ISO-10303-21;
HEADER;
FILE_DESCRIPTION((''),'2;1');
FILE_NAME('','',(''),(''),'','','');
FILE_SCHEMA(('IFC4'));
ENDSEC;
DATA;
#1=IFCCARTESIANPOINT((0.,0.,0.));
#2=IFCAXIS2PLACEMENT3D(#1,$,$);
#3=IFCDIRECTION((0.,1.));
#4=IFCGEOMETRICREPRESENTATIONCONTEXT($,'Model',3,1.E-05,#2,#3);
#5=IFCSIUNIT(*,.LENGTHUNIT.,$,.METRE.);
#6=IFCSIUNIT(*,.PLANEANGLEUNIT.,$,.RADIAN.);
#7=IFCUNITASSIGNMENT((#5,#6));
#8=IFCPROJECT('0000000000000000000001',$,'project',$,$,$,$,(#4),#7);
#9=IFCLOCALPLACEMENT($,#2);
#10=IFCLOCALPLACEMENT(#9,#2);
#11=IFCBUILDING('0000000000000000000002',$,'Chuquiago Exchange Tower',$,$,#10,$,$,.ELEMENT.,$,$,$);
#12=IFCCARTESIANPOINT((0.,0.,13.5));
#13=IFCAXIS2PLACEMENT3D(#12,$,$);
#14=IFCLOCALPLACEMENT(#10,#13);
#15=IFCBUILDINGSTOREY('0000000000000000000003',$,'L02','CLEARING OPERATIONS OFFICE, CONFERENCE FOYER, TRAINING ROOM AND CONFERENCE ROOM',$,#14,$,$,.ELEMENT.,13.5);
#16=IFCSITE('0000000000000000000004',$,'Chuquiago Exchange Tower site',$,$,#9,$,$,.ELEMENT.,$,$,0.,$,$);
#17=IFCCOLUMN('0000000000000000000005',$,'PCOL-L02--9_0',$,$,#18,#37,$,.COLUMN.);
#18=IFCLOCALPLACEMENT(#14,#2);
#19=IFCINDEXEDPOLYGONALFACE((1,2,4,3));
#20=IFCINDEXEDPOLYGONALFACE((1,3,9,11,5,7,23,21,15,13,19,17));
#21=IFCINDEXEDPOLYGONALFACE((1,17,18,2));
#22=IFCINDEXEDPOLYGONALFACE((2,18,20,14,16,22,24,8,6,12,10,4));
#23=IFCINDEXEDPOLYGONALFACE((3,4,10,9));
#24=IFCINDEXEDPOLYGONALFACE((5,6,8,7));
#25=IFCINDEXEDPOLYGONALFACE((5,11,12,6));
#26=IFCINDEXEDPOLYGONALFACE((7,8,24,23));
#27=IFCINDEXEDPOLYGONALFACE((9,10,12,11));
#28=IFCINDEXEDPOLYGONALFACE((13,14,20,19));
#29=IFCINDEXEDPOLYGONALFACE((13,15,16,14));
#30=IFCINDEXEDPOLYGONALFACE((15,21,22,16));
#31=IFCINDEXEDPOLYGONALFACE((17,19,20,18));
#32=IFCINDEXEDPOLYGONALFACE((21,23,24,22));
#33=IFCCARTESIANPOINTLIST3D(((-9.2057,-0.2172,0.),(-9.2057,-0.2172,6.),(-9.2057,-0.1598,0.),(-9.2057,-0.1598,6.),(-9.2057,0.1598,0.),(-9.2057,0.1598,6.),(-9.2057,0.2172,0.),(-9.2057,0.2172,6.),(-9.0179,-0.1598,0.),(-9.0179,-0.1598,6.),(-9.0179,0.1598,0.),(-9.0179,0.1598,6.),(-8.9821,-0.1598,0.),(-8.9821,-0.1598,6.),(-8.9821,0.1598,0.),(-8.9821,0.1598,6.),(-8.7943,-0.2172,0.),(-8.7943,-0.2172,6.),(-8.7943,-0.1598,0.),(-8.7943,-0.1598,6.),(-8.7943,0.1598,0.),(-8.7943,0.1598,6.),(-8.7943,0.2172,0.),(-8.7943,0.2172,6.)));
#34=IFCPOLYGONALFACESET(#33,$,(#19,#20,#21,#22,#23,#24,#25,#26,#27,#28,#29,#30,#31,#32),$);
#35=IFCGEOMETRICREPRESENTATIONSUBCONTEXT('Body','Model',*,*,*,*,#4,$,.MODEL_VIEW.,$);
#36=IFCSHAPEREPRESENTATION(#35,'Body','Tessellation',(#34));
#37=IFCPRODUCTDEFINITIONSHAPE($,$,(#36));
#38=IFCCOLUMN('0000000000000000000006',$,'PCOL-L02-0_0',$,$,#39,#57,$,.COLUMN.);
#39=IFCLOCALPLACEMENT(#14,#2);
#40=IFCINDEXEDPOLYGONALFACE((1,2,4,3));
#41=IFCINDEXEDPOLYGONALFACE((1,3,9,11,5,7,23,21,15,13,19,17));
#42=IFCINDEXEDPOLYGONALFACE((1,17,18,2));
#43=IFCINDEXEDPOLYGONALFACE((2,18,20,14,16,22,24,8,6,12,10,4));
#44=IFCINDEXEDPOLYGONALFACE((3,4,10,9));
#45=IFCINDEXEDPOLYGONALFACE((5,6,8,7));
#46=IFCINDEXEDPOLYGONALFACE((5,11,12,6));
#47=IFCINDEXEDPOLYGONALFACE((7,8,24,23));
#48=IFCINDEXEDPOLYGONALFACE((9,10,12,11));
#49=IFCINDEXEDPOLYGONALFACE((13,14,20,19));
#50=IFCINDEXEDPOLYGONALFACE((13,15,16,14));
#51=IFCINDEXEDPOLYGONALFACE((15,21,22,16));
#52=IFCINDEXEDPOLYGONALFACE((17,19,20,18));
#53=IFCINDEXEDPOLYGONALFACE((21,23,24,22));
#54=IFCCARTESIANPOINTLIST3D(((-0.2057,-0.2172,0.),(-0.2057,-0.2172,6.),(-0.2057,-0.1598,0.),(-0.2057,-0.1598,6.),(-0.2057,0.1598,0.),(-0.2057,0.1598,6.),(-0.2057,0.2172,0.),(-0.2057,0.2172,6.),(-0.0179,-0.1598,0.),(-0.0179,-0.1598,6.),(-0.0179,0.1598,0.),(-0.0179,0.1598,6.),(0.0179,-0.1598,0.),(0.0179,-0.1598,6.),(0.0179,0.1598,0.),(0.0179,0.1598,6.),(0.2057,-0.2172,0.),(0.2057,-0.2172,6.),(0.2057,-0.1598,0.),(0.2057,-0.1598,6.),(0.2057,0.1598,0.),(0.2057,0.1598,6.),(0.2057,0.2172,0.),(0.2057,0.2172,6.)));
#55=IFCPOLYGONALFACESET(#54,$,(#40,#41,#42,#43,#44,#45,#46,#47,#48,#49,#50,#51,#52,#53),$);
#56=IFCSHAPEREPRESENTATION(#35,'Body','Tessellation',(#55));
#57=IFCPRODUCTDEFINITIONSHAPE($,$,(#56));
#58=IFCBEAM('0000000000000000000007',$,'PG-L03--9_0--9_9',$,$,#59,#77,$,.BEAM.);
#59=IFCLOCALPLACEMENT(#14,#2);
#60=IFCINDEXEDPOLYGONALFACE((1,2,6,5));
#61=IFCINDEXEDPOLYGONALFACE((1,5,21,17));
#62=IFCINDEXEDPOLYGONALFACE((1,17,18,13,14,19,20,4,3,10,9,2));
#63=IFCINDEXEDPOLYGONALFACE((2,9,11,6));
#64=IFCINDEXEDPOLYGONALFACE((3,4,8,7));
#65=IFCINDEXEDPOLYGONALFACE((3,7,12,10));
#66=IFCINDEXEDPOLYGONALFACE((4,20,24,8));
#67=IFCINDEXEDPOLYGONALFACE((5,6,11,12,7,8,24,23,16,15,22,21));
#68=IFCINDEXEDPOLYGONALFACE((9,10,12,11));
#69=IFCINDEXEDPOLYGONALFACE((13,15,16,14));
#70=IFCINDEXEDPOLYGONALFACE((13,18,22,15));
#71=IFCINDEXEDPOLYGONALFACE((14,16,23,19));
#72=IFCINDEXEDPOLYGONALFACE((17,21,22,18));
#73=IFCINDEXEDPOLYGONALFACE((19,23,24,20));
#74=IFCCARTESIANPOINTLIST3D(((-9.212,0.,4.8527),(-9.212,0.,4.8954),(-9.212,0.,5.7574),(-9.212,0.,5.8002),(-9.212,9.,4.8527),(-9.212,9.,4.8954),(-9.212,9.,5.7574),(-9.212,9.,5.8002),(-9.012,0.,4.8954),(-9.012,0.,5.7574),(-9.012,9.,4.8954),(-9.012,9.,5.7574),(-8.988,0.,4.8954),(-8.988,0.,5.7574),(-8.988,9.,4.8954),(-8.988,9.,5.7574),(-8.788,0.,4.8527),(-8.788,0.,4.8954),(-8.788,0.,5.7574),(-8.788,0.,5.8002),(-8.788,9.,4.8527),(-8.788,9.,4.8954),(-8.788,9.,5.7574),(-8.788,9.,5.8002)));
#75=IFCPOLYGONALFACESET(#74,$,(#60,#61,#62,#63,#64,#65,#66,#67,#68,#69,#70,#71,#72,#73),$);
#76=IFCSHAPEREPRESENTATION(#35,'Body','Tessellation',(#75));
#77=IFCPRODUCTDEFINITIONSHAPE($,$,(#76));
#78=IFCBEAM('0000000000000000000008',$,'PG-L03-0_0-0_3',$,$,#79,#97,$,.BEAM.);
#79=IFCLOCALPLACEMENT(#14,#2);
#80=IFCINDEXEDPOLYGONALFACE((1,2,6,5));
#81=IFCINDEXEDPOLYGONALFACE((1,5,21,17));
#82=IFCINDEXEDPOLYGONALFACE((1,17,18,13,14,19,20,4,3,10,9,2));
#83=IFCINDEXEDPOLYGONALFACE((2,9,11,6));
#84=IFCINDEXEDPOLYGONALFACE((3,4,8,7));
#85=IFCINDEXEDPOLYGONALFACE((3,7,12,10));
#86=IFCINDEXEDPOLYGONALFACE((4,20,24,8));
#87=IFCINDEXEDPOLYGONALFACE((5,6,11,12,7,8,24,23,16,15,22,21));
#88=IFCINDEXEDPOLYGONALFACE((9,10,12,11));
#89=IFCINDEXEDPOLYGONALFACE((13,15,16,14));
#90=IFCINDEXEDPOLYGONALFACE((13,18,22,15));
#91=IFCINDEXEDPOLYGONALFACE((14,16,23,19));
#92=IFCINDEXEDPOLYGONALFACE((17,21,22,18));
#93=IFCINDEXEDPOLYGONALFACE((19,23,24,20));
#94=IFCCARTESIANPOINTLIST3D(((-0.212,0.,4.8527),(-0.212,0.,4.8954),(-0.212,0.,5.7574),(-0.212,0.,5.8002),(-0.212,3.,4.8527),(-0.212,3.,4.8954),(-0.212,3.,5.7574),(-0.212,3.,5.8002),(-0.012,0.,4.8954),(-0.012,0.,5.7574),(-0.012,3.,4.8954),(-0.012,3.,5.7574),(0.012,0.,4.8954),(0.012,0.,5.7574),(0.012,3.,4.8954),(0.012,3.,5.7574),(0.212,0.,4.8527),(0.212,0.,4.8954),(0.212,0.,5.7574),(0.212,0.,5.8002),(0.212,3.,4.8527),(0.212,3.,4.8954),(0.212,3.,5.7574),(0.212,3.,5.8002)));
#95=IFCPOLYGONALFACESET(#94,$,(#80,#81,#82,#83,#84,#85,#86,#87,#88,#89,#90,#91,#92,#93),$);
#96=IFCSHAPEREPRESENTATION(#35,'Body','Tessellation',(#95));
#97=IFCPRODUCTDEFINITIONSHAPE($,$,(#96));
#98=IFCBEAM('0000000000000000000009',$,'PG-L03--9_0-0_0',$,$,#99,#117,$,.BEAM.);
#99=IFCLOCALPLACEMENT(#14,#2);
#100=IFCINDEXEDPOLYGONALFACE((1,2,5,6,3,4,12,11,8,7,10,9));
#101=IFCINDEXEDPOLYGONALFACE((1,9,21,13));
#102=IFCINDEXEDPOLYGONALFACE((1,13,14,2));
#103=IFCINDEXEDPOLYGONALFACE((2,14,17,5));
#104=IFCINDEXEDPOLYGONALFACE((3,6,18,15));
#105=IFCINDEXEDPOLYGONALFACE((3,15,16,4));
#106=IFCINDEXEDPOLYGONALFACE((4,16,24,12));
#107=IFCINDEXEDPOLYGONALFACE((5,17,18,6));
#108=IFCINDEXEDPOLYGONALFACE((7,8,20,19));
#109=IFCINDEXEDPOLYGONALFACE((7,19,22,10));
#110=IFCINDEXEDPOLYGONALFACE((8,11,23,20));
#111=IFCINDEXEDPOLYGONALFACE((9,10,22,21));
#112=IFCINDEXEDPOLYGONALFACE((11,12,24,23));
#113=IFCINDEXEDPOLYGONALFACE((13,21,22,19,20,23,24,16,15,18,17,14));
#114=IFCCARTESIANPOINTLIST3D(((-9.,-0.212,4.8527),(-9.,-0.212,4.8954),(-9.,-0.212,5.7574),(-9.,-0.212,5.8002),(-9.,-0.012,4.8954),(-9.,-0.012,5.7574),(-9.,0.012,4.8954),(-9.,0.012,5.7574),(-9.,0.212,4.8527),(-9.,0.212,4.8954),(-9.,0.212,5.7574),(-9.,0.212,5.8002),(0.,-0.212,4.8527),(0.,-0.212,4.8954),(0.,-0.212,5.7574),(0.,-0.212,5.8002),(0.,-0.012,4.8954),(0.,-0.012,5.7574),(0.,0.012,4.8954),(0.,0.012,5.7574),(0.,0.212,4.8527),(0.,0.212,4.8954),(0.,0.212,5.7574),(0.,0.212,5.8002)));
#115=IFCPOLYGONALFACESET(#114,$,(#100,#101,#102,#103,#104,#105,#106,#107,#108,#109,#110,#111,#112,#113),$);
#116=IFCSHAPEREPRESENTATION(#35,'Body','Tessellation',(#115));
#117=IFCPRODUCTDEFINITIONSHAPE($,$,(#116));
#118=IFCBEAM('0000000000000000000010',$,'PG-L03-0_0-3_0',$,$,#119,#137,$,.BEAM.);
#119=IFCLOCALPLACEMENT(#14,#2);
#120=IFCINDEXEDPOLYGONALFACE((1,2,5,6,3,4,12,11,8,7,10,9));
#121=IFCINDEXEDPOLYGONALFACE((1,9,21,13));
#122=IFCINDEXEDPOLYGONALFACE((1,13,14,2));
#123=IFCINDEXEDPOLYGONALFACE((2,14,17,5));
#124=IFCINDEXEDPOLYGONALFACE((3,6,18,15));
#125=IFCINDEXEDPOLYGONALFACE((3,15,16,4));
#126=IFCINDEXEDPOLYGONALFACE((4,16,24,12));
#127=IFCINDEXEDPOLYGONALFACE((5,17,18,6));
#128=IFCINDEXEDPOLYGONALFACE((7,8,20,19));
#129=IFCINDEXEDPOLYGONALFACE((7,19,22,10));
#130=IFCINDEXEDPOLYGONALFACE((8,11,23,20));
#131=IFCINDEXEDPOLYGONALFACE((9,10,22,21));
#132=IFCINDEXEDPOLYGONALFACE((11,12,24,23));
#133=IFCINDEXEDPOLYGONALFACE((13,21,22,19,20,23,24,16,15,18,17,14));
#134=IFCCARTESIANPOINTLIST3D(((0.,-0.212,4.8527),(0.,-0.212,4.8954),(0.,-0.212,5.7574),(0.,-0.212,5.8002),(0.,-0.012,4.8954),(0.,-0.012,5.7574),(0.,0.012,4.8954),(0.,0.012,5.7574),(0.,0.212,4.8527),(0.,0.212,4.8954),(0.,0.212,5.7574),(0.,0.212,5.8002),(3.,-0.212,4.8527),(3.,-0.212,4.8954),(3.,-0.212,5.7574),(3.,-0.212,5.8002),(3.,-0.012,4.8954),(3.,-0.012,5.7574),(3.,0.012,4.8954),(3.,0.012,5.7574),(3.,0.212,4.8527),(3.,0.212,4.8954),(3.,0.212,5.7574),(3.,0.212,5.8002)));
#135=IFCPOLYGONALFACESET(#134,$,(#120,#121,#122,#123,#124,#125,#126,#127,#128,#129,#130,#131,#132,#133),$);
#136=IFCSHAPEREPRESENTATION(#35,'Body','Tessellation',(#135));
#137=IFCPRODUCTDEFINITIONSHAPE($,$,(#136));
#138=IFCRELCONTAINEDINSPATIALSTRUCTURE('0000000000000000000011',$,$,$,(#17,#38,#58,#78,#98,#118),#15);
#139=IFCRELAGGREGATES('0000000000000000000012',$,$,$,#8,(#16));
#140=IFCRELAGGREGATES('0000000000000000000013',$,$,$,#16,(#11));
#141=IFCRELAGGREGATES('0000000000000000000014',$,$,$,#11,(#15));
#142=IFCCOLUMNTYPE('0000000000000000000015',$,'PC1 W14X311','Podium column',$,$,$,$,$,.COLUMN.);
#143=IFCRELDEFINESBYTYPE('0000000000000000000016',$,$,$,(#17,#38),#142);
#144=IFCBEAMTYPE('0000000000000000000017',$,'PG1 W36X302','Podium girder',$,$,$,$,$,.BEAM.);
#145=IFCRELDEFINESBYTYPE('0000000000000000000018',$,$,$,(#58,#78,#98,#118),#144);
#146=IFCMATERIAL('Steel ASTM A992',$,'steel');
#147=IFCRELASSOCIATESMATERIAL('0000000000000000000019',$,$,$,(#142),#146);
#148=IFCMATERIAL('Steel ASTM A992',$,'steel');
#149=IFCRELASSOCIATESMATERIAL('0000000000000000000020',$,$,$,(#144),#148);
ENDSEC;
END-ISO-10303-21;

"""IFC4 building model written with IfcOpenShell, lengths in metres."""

from ifc_helpers import new_model, si_unit, direction, frame, origin, origin_2d, place, context, subcontext, project, spatial, i_section, extrude, material, material_profile, profile_set, type_object, element, save


model = new_model("IFC4")

# Units and contexts
model_context = context("Model", 3, precision=1e-05, world=origin(), true_north=direction((0.0, 1.0)))
body_context = subcontext(model_context, "Body", "Model", "MODEL_VIEW")
ifc_project = project(units=[si_unit("LENGTHUNIT", "METRE"), si_unit("PLANEANGLEUNIT", "RADIAN")], contexts=[model_context])

# Site, building, storey
site_placement = place(None, origin())
site = spatial("IfcSite", under=ifc_project, at=site_placement, Name="Chuquiago Exchange Tower site", CompositionType="ELEMENT", RefElevation=0.0)
building_placement = place(site_placement, origin())
building = spatial("IfcBuilding", under=site, at=building_placement, Name="Chuquiago Exchange Tower", CompositionType="ELEMENT")
storey_placement = place(building_placement, frame((0.0, 0.0, 13.5)))
storey = spatial("IfcBuildingStorey", under=building, at=storey_placement, Name="L02", Description="CLEARING OPERATIONS OFFICE, CONFERENCE FOYER, TRAINING ROOM AND CONFERENCE ROOM", CompositionType="ELEMENT", Elevation=13.5)

# Columns
ifc_material_1 = material(Name="Steel ASTM A992", Category="steel")
ifc_material_profile_1 = material_profile(ifc_material_1, i_section(OverallWidth=0.4114, OverallDepth=0.4343, WebThickness=0.0359, FlangeThickness=0.0574, at=origin_2d()), Name="W14X311")
ifc_profile_set_1 = profile_set([ifc_material_profile_1], Name="Steel ASTM A992")
column_type = type_object("IfcColumnType", Name="PC1 W14X311", Description="Podium column", PredefinedType="COLUMN", material=ifc_profile_set_1)
for number, where, z_axis, x_axis, name in (
    (1, (-9.0, 0.0, 0.0), (0.0, 0.0, 1.0), (1.0, 0.0, 0.0), "PCOL-L02--9_0"),
    (2, (0.0, 0.0, 0.0), (0.0, 0.0, 1.0), (1.0, 0.0, 0.0), "PCOL-L02-0_0"),
):
    element("IfcColumn", number, at=place(storey_placement, frame(where, z_axis=z_axis, x_axis=x_axis)), inside=storey, type_object=column_type, Name=name, PredefinedType="COLUMN", context=body_context, shape_type="SweptSolid", body=[
        extrude(i_section(OverallWidth=0.4114, OverallDepth=0.4343, WebThickness=0.0359, FlangeThickness=0.0574, at=origin_2d()), origin(), (0.0, 0.0, 1.0), 6.0),
    ])

# Beams
ifc_material_2 = material(Name="Steel ASTM A992", Category="steel")
ifc_material_profile_2 = material_profile(ifc_material_2, i_section(OverallWidth=0.4241, OverallDepth=0.9475, WebThickness=0.0239, FlangeThickness=0.0427, at=origin_2d()), Name="W36X302")
ifc_profile_set_2 = profile_set([ifc_material_profile_2], Name="Steel ASTM A992")
beam_type = type_object("IfcBeamType", Name="PG1 W36X302", Description="Podium girder", PredefinedType="BEAM", material=ifc_profile_set_2)
beam_1_placement = place(storey_placement, frame((-9.0, 0.0, 5.3264), z_axis=(0.0, 1.0, 0.0), x_axis=(-1.0, 0.0, 0.0)))
element("IfcBeam", 3, at=beam_1_placement, inside=storey, type_object=beam_type, Name="PG-L03--9_0--9_9", PredefinedType="BEAM", context=body_context, shape_type="SweptSolid", body=[
    extrude(i_section(OverallWidth=0.4241, OverallDepth=0.9475, WebThickness=0.0239, FlangeThickness=0.0427, at=origin_2d()), origin(), (0.0, 0.0, 1.0), 9.0),
])
beam_2_placement = place(storey_placement, frame((0.0, 0.0, 5.3264), z_axis=(0.0, 1.0, 0.0), x_axis=(-1.0, 0.0, 0.0)))
element("IfcBeam", 4, at=beam_2_placement, inside=storey, type_object=beam_type, Name="PG-L03-0_0-0_3", PredefinedType="BEAM", context=body_context, shape_type="SweptSolid", body=[
    extrude(i_section(OverallWidth=0.4241, OverallDepth=0.9475, WebThickness=0.0239, FlangeThickness=0.0427, at=origin_2d()), origin(), (0.0, 0.0, 1.0), 3.0),
])
beam_3_placement = place(storey_placement, frame((-9.0, 0.0, 5.3264), z_axis=(1.0, 0.0, 0.0), x_axis=(0.0, 1.0, 0.0)))
element("IfcBeam", 5, at=beam_3_placement, inside=storey, type_object=beam_type, Name="PG-L03--9_0-0_0", PredefinedType="BEAM", context=body_context, shape_type="SweptSolid", body=[
    extrude(i_section(OverallWidth=0.4241, OverallDepth=0.9475, WebThickness=0.0239, FlangeThickness=0.0427, at=origin_2d()), origin(), (0.0, 0.0, 1.0), 9.0),
])
beam_4_placement = place(storey_placement, frame((0.0, 0.0, 5.3264), z_axis=(1.0, 0.0, 0.0), x_axis=(0.0, 1.0, 0.0)))
element("IfcBeam", 6, at=beam_4_placement, inside=storey, type_object=beam_type, Name="PG-L03-0_0-3_0", PredefinedType="BEAM", context=body_context, shape_type="SweptSolid", body=[
    extrude(i_section(OverallWidth=0.4241, OverallDepth=0.9475, WebThickness=0.0239, FlangeThickness=0.0427, at=origin_2d()), origin(), (0.0, 0.0, 1.0), 3.0),
])

save(model, "model.ifc")
